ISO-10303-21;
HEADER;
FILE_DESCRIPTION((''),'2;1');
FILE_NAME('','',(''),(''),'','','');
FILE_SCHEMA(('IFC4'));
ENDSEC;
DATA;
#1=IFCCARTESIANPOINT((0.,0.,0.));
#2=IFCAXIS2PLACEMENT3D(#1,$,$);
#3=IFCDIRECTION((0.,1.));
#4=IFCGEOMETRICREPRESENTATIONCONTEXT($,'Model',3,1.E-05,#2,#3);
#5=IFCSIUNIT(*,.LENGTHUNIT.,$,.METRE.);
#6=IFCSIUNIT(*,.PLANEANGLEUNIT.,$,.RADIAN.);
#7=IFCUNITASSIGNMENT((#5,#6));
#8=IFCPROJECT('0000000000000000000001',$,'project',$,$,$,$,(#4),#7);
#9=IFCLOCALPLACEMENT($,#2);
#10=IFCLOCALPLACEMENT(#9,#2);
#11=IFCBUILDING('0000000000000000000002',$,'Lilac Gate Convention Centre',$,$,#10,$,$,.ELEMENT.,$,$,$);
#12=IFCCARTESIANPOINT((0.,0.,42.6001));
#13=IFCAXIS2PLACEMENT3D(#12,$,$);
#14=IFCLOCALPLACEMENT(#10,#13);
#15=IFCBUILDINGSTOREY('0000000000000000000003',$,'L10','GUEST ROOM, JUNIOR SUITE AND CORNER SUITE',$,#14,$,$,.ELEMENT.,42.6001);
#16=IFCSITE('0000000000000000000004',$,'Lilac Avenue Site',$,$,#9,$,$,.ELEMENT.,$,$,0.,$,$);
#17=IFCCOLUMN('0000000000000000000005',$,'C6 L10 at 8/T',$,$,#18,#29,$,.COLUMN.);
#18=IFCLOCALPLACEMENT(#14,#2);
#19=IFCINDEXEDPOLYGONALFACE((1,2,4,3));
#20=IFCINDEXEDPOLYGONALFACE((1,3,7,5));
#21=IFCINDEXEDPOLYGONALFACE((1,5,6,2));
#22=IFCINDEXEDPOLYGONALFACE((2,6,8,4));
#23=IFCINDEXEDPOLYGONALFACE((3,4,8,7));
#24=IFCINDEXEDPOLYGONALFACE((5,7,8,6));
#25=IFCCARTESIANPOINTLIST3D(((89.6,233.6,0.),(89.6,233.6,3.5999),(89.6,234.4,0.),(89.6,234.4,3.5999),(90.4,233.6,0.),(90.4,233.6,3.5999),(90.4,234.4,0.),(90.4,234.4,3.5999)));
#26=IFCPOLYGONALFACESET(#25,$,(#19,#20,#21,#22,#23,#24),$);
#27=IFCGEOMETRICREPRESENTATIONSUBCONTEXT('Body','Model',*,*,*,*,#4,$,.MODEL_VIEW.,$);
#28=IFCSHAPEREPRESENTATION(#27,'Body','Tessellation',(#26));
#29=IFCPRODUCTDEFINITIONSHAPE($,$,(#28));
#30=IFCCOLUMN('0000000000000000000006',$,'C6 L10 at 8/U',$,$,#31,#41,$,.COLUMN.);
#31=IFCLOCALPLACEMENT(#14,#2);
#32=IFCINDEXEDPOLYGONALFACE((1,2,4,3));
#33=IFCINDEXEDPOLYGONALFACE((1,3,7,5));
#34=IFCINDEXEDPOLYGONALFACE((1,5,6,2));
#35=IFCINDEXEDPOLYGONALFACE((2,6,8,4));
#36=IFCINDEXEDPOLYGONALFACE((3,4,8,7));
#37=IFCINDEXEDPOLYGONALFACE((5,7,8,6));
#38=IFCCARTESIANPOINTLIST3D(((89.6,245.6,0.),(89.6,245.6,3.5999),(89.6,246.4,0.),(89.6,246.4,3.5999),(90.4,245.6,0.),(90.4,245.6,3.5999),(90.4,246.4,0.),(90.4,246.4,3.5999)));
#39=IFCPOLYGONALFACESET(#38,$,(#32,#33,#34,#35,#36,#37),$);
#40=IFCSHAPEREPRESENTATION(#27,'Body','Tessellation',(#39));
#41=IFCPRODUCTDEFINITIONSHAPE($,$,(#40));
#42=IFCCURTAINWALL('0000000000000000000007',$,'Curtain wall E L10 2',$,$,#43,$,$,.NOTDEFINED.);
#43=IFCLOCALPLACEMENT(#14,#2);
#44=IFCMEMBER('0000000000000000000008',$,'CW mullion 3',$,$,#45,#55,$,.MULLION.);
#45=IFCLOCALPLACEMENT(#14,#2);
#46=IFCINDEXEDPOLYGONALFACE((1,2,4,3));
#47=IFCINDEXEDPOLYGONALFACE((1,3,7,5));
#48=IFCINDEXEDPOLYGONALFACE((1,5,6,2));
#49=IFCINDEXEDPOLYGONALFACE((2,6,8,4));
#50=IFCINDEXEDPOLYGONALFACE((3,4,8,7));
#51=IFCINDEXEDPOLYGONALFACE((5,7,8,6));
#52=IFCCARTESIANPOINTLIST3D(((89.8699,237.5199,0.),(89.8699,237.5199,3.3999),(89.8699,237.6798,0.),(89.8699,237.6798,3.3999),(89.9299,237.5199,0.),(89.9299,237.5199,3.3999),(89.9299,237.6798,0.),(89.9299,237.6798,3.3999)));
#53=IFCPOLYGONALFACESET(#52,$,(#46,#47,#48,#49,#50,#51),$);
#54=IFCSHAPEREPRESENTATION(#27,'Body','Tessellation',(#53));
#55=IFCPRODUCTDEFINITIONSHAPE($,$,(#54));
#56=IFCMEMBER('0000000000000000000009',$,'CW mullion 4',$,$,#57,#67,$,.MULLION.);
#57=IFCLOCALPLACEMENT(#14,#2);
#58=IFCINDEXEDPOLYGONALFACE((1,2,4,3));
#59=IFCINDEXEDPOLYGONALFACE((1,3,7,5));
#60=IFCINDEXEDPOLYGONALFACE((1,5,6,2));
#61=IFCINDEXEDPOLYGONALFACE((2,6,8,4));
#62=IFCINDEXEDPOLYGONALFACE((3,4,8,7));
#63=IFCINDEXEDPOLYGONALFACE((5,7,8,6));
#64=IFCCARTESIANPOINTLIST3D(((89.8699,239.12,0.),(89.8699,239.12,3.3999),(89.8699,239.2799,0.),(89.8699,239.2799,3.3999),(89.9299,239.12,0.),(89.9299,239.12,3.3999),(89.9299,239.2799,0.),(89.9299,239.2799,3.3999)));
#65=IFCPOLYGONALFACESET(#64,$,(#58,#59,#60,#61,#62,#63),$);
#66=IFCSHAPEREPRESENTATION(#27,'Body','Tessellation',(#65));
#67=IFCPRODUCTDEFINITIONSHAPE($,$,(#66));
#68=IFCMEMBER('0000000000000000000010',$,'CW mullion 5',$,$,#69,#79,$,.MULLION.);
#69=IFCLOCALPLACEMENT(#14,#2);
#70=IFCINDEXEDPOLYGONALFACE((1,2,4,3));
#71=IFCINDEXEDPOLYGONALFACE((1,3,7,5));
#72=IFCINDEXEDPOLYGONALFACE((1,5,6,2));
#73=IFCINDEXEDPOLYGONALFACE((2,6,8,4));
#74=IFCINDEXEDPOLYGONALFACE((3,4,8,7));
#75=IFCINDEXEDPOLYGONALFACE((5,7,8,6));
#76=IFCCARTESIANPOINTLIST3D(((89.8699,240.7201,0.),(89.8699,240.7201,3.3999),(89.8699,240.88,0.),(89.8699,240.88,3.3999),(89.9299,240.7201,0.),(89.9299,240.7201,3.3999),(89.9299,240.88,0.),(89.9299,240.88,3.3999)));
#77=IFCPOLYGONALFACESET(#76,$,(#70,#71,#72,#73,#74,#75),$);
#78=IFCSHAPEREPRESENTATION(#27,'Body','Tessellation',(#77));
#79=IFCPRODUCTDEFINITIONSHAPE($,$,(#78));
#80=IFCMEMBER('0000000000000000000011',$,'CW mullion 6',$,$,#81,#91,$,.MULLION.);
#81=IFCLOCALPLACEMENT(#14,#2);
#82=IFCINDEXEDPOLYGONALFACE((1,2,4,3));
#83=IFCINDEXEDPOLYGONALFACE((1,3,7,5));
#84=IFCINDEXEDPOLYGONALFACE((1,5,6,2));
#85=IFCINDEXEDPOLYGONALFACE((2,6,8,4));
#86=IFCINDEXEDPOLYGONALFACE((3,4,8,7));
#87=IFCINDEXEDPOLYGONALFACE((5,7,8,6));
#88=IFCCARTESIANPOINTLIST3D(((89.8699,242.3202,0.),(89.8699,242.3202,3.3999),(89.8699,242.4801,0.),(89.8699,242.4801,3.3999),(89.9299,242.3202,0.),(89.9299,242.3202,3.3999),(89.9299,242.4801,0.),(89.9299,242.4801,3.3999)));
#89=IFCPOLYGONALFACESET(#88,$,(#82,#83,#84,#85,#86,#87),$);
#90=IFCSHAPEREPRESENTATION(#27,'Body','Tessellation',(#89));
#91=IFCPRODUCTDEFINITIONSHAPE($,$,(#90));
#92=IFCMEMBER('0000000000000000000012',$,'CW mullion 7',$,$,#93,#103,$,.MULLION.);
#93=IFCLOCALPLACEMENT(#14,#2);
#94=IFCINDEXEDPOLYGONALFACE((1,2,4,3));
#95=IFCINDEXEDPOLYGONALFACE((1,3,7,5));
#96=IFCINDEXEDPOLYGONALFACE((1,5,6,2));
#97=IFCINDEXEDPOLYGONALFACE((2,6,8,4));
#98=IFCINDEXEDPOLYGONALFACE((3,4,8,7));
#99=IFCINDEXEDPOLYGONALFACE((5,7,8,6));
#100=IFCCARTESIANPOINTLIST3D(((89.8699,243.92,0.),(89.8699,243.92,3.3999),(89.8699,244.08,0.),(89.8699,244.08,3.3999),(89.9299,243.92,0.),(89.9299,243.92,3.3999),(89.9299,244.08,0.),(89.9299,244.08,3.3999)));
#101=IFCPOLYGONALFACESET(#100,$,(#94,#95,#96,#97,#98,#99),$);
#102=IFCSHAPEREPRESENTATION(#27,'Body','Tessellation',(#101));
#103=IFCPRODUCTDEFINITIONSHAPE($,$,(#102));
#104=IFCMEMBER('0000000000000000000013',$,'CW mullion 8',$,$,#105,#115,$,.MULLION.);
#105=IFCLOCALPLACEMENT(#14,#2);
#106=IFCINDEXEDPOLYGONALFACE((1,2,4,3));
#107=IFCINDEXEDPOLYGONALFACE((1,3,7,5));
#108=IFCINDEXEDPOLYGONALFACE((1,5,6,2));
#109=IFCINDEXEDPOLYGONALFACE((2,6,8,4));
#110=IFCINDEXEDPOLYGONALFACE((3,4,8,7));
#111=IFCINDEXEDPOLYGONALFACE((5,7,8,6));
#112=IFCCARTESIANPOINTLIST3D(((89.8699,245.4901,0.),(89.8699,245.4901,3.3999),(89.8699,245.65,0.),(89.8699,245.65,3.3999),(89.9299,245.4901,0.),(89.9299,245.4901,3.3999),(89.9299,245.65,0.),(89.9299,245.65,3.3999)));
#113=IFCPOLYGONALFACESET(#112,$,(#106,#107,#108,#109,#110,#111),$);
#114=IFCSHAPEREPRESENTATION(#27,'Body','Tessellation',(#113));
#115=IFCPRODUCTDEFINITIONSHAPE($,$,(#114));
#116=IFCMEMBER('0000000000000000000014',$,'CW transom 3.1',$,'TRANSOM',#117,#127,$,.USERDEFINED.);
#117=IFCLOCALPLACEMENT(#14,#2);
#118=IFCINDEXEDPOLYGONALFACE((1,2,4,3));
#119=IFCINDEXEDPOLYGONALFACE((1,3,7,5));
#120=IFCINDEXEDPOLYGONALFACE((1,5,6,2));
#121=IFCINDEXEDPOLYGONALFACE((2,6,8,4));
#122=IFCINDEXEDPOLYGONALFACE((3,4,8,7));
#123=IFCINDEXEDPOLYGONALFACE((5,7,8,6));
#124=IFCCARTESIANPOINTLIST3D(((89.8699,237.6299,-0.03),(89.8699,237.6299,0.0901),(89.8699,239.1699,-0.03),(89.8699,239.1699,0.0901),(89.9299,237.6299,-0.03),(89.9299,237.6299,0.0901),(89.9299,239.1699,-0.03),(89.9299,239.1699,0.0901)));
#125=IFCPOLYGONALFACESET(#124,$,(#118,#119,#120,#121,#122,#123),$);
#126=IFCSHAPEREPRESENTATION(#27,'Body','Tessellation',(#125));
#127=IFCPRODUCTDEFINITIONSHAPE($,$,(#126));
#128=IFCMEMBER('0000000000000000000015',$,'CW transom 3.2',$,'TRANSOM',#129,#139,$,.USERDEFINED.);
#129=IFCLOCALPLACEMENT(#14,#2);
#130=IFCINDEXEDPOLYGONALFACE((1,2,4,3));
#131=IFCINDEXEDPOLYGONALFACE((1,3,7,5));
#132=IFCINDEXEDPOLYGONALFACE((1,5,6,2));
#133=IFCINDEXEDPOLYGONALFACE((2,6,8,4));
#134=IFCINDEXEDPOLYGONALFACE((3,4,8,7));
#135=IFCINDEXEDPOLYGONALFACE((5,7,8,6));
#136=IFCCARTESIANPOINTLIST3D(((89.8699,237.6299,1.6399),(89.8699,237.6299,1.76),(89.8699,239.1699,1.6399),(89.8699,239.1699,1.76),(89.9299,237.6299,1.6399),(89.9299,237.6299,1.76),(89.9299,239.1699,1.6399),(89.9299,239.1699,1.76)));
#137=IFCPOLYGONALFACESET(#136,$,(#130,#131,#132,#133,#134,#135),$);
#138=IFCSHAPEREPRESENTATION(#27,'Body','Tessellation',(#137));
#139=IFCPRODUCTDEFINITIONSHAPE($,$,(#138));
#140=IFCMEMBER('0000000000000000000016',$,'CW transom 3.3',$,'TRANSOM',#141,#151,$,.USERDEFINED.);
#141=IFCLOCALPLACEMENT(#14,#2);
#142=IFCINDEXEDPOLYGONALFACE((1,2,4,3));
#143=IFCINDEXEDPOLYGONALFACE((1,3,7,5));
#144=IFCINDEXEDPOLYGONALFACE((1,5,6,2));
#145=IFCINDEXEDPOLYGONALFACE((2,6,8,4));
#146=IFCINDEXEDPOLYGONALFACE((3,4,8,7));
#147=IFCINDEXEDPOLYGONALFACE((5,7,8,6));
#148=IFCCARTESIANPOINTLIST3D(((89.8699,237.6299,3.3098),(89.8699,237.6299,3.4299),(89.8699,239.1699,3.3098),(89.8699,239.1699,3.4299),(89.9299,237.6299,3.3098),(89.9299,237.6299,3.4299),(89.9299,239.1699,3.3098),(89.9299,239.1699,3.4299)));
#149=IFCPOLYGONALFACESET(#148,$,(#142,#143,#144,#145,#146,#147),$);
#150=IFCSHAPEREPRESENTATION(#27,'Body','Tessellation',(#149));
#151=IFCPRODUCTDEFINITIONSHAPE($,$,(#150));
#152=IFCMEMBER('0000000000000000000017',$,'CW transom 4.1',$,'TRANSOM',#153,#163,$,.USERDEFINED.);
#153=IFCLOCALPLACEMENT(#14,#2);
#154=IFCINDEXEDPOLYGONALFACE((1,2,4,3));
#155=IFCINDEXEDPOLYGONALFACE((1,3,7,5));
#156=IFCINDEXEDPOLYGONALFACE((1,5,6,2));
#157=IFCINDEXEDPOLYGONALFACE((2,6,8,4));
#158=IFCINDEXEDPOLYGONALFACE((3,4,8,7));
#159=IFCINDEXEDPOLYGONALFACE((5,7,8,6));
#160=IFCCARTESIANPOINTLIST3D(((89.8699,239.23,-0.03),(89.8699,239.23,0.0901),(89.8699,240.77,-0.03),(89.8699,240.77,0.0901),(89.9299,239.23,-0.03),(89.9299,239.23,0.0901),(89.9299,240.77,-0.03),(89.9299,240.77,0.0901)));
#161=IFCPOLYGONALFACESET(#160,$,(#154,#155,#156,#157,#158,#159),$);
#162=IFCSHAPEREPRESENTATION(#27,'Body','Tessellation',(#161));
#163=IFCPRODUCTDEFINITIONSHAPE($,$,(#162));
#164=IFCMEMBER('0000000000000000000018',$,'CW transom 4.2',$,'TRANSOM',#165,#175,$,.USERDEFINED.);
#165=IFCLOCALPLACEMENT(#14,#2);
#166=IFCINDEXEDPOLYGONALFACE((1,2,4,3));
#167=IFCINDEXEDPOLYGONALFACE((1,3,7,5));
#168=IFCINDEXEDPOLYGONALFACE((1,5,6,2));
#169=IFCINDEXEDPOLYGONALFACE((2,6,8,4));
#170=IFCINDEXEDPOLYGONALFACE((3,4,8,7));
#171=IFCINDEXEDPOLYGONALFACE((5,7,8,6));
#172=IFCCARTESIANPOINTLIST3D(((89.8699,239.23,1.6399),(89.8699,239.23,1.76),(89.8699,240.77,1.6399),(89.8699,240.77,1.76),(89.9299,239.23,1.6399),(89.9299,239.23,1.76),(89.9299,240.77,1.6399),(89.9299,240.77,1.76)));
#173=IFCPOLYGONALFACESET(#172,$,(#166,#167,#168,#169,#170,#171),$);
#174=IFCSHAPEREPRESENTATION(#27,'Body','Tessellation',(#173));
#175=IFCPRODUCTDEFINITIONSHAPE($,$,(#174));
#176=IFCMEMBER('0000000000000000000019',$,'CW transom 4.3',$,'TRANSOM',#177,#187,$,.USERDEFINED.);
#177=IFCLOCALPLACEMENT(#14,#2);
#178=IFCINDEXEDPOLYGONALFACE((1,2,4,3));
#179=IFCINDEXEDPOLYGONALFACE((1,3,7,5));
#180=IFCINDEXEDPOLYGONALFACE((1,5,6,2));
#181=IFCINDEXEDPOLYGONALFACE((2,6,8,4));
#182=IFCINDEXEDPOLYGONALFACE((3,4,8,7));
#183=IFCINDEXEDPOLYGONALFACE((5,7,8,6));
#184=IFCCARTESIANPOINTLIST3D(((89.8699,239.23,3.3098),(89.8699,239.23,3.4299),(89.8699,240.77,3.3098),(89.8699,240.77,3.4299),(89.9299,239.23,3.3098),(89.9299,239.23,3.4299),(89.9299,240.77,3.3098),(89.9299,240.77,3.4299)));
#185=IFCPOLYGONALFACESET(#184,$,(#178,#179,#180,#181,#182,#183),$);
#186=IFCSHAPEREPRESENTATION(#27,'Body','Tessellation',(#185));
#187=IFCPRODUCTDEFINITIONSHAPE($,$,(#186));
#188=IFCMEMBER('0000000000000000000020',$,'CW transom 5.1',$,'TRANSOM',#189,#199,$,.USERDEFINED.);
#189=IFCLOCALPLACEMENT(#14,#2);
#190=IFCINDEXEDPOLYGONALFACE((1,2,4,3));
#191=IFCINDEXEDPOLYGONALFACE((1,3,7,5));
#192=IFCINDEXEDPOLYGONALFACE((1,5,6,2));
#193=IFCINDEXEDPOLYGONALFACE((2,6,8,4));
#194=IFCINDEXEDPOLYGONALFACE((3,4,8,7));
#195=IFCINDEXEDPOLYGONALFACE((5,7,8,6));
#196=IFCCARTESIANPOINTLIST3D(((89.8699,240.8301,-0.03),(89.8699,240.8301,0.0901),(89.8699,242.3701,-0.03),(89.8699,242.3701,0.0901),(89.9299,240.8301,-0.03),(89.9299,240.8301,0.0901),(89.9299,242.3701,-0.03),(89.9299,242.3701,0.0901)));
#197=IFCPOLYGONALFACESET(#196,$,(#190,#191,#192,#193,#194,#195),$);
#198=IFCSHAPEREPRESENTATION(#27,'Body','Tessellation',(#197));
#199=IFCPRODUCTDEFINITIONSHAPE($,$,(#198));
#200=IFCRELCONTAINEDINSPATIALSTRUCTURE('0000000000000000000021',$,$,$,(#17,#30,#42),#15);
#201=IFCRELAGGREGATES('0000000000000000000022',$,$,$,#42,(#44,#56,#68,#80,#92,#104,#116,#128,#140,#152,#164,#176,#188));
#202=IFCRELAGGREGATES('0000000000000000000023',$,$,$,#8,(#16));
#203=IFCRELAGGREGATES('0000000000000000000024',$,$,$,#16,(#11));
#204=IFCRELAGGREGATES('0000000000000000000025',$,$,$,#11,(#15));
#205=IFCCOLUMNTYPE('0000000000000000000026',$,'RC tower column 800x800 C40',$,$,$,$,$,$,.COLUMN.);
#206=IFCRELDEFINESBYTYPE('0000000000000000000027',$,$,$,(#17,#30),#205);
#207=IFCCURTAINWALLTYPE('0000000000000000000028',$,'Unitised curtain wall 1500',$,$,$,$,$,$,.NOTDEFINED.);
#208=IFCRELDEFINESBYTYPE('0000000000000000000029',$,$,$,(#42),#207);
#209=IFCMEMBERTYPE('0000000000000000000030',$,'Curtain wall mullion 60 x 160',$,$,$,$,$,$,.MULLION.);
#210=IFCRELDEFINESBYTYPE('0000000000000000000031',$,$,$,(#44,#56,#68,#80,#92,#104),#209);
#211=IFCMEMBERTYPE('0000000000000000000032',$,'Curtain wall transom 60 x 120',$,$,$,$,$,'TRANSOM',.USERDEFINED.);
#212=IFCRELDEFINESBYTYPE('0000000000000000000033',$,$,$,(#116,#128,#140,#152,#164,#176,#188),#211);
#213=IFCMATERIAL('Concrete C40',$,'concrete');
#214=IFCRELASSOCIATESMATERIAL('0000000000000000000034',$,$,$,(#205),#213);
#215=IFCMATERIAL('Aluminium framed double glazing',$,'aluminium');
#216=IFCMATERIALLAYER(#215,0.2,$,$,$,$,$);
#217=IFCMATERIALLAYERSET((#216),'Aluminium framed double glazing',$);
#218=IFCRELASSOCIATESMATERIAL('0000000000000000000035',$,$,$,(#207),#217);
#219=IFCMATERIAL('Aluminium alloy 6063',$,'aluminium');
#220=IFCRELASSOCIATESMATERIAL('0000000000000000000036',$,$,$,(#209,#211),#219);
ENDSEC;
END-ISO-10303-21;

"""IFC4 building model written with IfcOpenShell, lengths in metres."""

from ifc_helpers import new_model, si_unit, direction, frame, origin, origin_2d, place, context, subcontext, project, spatial, rectangle, extrude, material, layer, layer_set, material_profile, profile_set, type_object, element, aggregate, save


model = new_model("IFC4")

# Units and contexts
model_context = context("Model", 3, precision=1e-05, world=origin(), true_north=direction((0.0, 1.0)))
body_context = subcontext(model_context, "Body", "Model", "MODEL_VIEW")
ifc_project = project(units=[si_unit("LENGTHUNIT", "METRE"), si_unit("PLANEANGLEUNIT", "RADIAN")], contexts=[model_context])

# Site, building, storey
site_placement = place(None, origin())
site = spatial("IfcSite", under=ifc_project, at=site_placement, Name="Lilac Avenue Site", CompositionType="ELEMENT", RefElevation=0.0)
building_placement = place(site_placement, origin())
building = spatial("IfcBuilding", under=site, at=building_placement, Name="Lilac Gate Convention Centre", CompositionType="ELEMENT")
storey_placement = place(building_placement, frame((0.0, 0.0, 42.6001)))
storey = spatial("IfcBuildingStorey", under=building, at=storey_placement, Name="L10", Description="GUEST ROOM, JUNIOR SUITE AND CORNER SUITE", CompositionType="ELEMENT", Elevation=42.6001)

# Columns
ifc_material_1 = material(Name="Concrete C40", Category="concrete")
ifc_material_profile_1 = material_profile(ifc_material_1, rectangle(XDim=0.8, YDim=0.8, at=origin_2d()), Name="RC 800x800")
ifc_profile_set_1 = profile_set([ifc_material_profile_1], Name="Concrete C40")
column_type = type_object("IfcColumnType", Name="RC tower column 800x800 C40", PredefinedType="COLUMN", material=ifc_profile_set_1)
for number, where, z_axis, x_axis, name in (
    (1, (90.0, 234.0, 0.0), (0.0, 0.0, 1.0), (1.0, 0.0, 0.0), "C6 L10 at 8/T"),
    (2, (90.0, 246.0, 0.0), (0.0, 0.0, 1.0), (1.0, 0.0, 0.0), "C6 L10 at 8/U"),
):
    element("IfcColumn", number, at=place(storey_placement, frame(where, z_axis=z_axis, x_axis=x_axis)), inside=storey, type_object=column_type, Name=name, PredefinedType="COLUMN", context=body_context, shape_type="SweptSolid", body=[
        extrude(rectangle(XDim=0.8, YDim=0.8, at=origin_2d()), origin(), (0.0, 0.0, 1.0), 3.5999),
    ])

# Curtain wall, members
ifc_material_2 = material(Name="Aluminium framed double glazing", Category="aluminium")
ifc_layer_1 = layer(ifc_material_2, 0.2)
ifc_layer_set_1 = layer_set([ifc_layer_1], Name="Aluminium framed double glazing")
curtain_wall_type = type_object("IfcCurtainWallType", Name="Unitised curtain wall 1500", PredefinedType="NOTDEFINED", material=ifc_layer_set_1)
curtain_wall_placement = place(storey_placement, origin())
curtain_wall = element("IfcCurtainWall", 3, at=curtain_wall_placement, inside=storey, type_object=curtain_wall_type, Name="Curtain wall E L10 2", PredefinedType="NOTDEFINED")
ifc_material_3 = material(Name="Aluminium alloy 6063", Category="aluminium")
ifc_material_profile_2 = material_profile(ifc_material_3, rectangle(XDim=0.0601, YDim=0.1599, at=origin_2d()), Name="Curtain wall mullion 60 x 160")
ifc_profile_set_2 = profile_set([ifc_material_profile_2], Name="Aluminium alloy 6063")
member_type_1 = type_object("IfcMemberType", Name="Curtain wall mullion 60 x 160", PredefinedType="MULLION", material=ifc_profile_set_2)
member_1_placement = place(storey_placement, frame((89.8999, 237.5999, 0.0), z_axis=(0.0, 0.0, 1.0), x_axis=(-1.0, 0.0, 0.0)))
member_1 = element("IfcMember", 4, at=member_1_placement, type_object=member_type_1, Name="CW mullion 3", PredefinedType="MULLION", context=body_context, shape_type="SweptSolid", body=[
    extrude(rectangle(XDim=0.0601, YDim=0.1599, at=origin_2d()), origin(), (0.0, 0.0, 1.0), 3.3999),
])
member_2_placement = place(storey_placement, frame((89.8999, 239.2, 0.0), z_axis=(0.0, 0.0, 1.0), x_axis=(-1.0, 0.0, 0.0)))
member_2 = element("IfcMember", 5, at=member_2_placement, type_object=member_type_1, Name="CW mullion 4", PredefinedType="MULLION", context=body_context, shape_type="SweptSolid", body=[
    extrude(rectangle(XDim=0.0601, YDim=0.1599, at=origin_2d()), origin(), (0.0, 0.0, 1.0), 3.3999),
])
member_3_placement = place(storey_placement, frame((89.8999, 240.8, 0.0), z_axis=(0.0, 0.0, 1.0), x_axis=(-1.0, 0.0, 0.0)))
member_3 = element("IfcMember", 6, at=member_3_placement, type_object=member_type_1, Name="CW mullion 5", PredefinedType="MULLION", context=body_context, shape_type="SweptSolid", body=[
    extrude(rectangle(XDim=0.0601, YDim=0.1599, at=origin_2d()), origin(), (0.0, 0.0, 1.0), 3.3999),
])
member_4_placement = place(storey_placement, frame((89.8999, 242.4001, 0.0), z_axis=(0.0, 0.0, 1.0), x_axis=(-1.0, 0.0, 0.0)))
member_4 = element("IfcMember", 7, at=member_4_placement, type_object=member_type_1, Name="CW mullion 6", PredefinedType="MULLION", context=body_context, shape_type="SweptSolid", body=[
    extrude(rectangle(XDim=0.0601, YDim=0.1599, at=origin_2d()), origin(), (0.0, 0.0, 1.0), 3.3999),
])
member_5_placement = place(storey_placement, frame((89.8999, 244.0, 0.0), z_axis=(0.0, 0.0, 1.0), x_axis=(-1.0, 0.0, 0.0)))
member_5 = element("IfcMember", 8, at=member_5_placement, type_object=member_type_1, Name="CW mullion 7", PredefinedType="MULLION", context=body_context, shape_type="SweptSolid", body=[
    extrude(rectangle(XDim=0.0601, YDim=0.1599, at=origin_2d()), origin(), (0.0, 0.0, 1.0), 3.3999),
])
member_6_placement = place(storey_placement, frame((89.8999, 245.5701, 0.0), z_axis=(0.0, 0.0, 1.0), x_axis=(-1.0, 0.0, 0.0)))
member_6 = element("IfcMember", 9, at=member_6_placement, type_object=member_type_1, Name="CW mullion 8", PredefinedType="MULLION", context=body_context, shape_type="SweptSolid", body=[
    extrude(rectangle(XDim=0.0601, YDim=0.1599, at=origin_2d()), origin(), (0.0, 0.0, 1.0), 3.3999),
])
ifc_material_profile_3 = material_profile(ifc_material_3, rectangle(XDim=0.0601, YDim=0.1201, at=origin_2d()), Name="Curtain wall transom 60 x 120")
ifc_profile_set_3 = profile_set([ifc_material_profile_3], Name="Aluminium alloy 6063")
member_type_2 = type_object("IfcMemberType", Name="Curtain wall transom 60 x 120", ElementType="TRANSOM", PredefinedType="USERDEFINED", material=ifc_profile_set_3)
member_7_placement = place(storey_placement, frame((89.8999, 237.6299, 0.03), z_axis=(0.0, 1.0, 0.0), x_axis=(-1.0, 0.0, 0.0)))
member_7 = element("IfcMember", 10, at=member_7_placement, type_object=member_type_2, Name="CW transom 3.1", ObjectType="TRANSOM", PredefinedType="USERDEFINED", context=body_context, shape_type="SweptSolid", body=[
    extrude(rectangle(XDim=0.0601, YDim=0.1201, at=origin_2d()), origin(), (0.0, 0.0, 1.0), 1.54),
])
member_8_placement = place(storey_placement, frame((89.8999, 237.6299, 1.7), z_axis=(0.0, 1.0, 0.0), x_axis=(-1.0, 0.0, 0.0)))
member_8 = element("IfcMember", 11, at=member_8_placement, type_object=member_type_2, Name="CW transom 3.2", ObjectType="TRANSOM", PredefinedType="USERDEFINED", context=body_context, shape_type="SweptSolid", body=[
    extrude(rectangle(XDim=0.0601, YDim=0.1201, at=origin_2d()), origin(), (0.0, 0.0, 1.0), 1.54),
])
member_9_placement = place(storey_placement, frame((89.8999, 237.6299, 3.3699), z_axis=(0.0, 1.0, 0.0), x_axis=(-1.0, 0.0, 0.0)))
member_9 = element("IfcMember", 12, at=member_9_placement, type_object=member_type_2, Name="CW transom 3.3", ObjectType="TRANSOM", PredefinedType="USERDEFINED", context=body_context, shape_type="SweptSolid", body=[
    extrude(rectangle(XDim=0.0601, YDim=0.1201, at=origin_2d()), origin(), (0.0, 0.0, 1.0), 1.54),
])
member_10_placement = place(storey_placement, frame((89.8999, 239.23, 0.03), z_axis=(0.0, 1.0, 0.0), x_axis=(-1.0, 0.0, 0.0)))
member_10 = element("IfcMember", 13, at=member_10_placement, type_object=member_type_2, Name="CW transom 4.1", ObjectType="TRANSOM", PredefinedType="USERDEFINED", context=body_context, shape_type="SweptSolid", body=[
    extrude(rectangle(XDim=0.0601, YDim=0.1201, at=origin_2d()), origin(), (0.0, 0.0, 1.0), 1.54),
])
member_11_placement = place(storey_placement, frame((89.8999, 239.23, 1.7), z_axis=(0.0, 1.0, 0.0), x_axis=(-1.0, 0.0, 0.0)))
member_11 = element("IfcMember", 14, at=member_11_placement, type_object=member_type_2, Name="CW transom 4.2", ObjectType="TRANSOM", PredefinedType="USERDEFINED", context=body_context, shape_type="SweptSolid", body=[
    extrude(rectangle(XDim=0.0601, YDim=0.1201, at=origin_2d()), origin(), (0.0, 0.0, 1.0), 1.54),
])
member_12_placement = place(storey_placement, frame((89.8999, 239.23, 3.3699), z_axis=(0.0, 1.0, 0.0), x_axis=(-1.0, 0.0, 0.0)))
member_12 = element("IfcMember", 15, at=member_12_placement, type_object=member_type_2, Name="CW transom 4.3", ObjectType="TRANSOM", PredefinedType="USERDEFINED", context=body_context, shape_type="SweptSolid", body=[
    extrude(rectangle(XDim=0.0601, YDim=0.1201, at=origin_2d()), origin(), (0.0, 0.0, 1.0), 1.54),
])
member_13_placement = place(storey_placement, frame((89.8999, 240.8301, 0.03), z_axis=(0.0, 1.0, 0.0), x_axis=(-1.0, 0.0, 0.0)))
member_13 = element("IfcMember", 16, at=member_13_placement, type_object=member_type_2, Name="CW transom 5.1", ObjectType="TRANSOM", PredefinedType="USERDEFINED", context=body_context, shape_type="SweptSolid", body=[
    extrude(rectangle(XDim=0.0601, YDim=0.1201, at=origin_2d()), origin(), (0.0, 0.0, 1.0), 1.54),
])

aggregate(curtain_wall, [member_1, member_2, member_3, member_4, member_5, member_6, member_7, member_8, member_9, member_10, member_11, member_12, member_13])

save(model, "model.ifc")
